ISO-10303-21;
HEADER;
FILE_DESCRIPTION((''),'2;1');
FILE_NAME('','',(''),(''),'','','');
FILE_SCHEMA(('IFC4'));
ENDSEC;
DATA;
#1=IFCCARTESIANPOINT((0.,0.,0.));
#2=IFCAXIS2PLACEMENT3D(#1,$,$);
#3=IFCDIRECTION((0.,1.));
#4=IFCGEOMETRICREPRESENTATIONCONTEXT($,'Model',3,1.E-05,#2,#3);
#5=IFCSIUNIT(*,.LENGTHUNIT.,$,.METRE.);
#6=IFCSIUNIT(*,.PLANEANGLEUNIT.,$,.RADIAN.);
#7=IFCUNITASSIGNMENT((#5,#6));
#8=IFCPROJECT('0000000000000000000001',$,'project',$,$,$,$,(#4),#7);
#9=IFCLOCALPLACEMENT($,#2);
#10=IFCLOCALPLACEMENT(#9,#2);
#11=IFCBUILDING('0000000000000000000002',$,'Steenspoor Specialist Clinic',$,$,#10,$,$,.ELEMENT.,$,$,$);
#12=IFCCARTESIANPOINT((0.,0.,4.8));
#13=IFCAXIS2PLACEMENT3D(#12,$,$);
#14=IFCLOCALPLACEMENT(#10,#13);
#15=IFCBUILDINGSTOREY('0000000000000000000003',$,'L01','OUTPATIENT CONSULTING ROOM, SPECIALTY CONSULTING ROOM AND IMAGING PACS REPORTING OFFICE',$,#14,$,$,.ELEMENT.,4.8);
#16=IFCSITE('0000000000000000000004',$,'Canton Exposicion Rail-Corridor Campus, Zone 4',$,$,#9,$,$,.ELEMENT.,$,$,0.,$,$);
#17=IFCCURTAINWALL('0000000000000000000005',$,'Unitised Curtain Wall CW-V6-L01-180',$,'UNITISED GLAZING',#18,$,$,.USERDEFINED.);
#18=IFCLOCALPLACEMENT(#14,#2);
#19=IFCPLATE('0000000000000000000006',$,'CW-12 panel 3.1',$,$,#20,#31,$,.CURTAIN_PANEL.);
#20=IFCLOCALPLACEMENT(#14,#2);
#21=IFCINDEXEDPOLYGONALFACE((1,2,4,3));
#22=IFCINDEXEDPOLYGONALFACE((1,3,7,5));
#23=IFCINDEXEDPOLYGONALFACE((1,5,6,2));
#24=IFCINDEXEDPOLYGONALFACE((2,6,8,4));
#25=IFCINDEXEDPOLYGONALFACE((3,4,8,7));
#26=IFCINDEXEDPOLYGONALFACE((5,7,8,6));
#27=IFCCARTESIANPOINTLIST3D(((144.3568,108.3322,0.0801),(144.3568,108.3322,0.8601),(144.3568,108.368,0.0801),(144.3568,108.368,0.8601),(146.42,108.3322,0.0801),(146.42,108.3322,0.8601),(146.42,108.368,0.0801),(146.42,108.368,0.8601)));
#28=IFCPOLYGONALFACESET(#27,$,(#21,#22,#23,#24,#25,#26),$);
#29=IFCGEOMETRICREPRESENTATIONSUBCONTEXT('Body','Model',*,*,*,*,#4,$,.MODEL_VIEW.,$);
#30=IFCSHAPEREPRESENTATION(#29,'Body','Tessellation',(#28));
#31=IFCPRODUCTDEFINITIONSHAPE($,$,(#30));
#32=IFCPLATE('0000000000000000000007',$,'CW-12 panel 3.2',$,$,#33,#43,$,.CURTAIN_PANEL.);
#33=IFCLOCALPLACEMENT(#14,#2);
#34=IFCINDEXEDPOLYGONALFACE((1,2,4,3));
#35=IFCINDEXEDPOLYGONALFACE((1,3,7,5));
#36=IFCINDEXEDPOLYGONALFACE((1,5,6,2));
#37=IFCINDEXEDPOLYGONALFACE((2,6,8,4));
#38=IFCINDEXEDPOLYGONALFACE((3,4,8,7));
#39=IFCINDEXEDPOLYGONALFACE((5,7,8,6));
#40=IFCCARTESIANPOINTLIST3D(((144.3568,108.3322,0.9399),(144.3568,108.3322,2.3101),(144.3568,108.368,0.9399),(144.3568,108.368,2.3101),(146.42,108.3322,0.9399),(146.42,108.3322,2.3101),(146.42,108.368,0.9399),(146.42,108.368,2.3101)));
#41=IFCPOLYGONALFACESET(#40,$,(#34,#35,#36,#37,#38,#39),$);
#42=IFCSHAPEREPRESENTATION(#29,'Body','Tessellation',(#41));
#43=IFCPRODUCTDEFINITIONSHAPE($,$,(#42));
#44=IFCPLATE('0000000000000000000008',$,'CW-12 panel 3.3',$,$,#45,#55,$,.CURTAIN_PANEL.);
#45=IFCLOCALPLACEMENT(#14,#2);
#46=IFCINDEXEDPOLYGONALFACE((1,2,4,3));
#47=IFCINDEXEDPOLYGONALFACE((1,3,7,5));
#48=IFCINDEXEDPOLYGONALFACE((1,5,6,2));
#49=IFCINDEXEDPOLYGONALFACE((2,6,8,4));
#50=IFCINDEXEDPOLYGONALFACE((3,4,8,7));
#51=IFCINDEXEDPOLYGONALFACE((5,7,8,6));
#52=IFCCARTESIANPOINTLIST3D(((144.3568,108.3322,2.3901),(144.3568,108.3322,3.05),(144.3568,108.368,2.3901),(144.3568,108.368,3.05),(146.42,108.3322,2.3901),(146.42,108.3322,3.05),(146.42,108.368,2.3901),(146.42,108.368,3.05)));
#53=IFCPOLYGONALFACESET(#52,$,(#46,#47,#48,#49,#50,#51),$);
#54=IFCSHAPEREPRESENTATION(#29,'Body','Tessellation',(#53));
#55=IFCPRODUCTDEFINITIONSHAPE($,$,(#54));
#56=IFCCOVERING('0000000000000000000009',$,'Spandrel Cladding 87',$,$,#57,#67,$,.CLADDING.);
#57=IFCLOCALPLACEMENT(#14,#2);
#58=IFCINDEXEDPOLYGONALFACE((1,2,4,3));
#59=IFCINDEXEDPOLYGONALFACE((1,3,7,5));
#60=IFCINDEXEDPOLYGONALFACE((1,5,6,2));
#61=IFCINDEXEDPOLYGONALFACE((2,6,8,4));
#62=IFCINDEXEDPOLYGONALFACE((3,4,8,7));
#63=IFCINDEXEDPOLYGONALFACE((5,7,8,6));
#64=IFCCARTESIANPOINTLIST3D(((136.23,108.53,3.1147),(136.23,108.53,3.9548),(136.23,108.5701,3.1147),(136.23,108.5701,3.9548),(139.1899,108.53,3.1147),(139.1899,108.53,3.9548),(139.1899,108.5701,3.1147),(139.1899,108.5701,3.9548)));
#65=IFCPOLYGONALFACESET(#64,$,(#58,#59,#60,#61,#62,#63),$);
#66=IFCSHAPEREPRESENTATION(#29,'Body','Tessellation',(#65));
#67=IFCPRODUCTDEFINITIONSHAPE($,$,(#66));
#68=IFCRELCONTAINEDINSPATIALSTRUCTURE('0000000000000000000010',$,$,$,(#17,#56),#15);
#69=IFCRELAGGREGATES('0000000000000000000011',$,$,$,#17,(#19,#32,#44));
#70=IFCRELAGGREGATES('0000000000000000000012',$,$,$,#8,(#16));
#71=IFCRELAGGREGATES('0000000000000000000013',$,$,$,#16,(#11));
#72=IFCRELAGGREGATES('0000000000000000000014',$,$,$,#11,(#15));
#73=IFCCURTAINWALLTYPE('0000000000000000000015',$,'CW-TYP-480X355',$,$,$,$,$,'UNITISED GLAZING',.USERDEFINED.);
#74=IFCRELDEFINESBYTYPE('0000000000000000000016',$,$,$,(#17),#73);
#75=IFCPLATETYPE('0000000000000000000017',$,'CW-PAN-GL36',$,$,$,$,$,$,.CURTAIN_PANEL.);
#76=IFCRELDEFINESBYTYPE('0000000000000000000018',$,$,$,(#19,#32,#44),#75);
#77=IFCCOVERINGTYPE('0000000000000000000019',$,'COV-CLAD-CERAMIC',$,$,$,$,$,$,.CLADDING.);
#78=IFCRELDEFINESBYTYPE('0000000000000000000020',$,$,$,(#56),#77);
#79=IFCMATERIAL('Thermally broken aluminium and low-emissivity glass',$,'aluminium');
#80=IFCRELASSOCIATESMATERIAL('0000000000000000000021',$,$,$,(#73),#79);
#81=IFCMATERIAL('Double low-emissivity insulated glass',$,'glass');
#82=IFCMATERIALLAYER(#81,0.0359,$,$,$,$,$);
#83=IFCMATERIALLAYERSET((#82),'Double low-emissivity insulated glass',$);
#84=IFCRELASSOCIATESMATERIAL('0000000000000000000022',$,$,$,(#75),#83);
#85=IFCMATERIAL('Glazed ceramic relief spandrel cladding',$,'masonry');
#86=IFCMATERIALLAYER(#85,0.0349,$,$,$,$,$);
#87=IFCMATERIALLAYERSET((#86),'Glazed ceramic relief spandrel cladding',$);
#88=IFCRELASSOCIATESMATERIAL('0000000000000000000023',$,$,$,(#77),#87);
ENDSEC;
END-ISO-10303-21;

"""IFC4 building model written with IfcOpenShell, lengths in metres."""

from ifc_helpers import new_model, si_unit, direction, frame, origin, origin_2d, place, context, subcontext, project, spatial, rectangle, extrude, material, layer, layer_set, type_object, element, aggregate, save


model = new_model("IFC4")

# Units and contexts
model_context = context("Model", 3, precision=1e-05, world=origin(), true_north=direction((0.0, 1.0)))
body_context = subcontext(model_context, "Body", "Model", "MODEL_VIEW")
ifc_project = project(units=[si_unit("LENGTHUNIT", "METRE"), si_unit("PLANEANGLEUNIT", "RADIAN")], contexts=[model_context])

# Site, building, storey
site_placement = place(None, origin())
site = spatial("IfcSite", under=ifc_project, at=site_placement, Name="Canton Exposicion Rail-Corridor Campus, Zone 4", CompositionType="ELEMENT", RefElevation=0.0)
building_placement = place(site_placement, origin())
building = spatial("IfcBuilding", under=site, at=building_placement, Name="Steenspoor Specialist Clinic", CompositionType="ELEMENT")
storey_placement = place(building_placement, frame((0.0, 0.0, 4.8)))
storey = spatial("IfcBuildingStorey", under=building, at=storey_placement, Name="L01", Description="OUTPATIENT CONSULTING ROOM, SPECIALTY CONSULTING ROOM AND IMAGING PACS REPORTING OFFICE", CompositionType="ELEMENT", Elevation=4.8)

# Curtain wall
ifc_material_1 = material(Name="Thermally broken aluminium and low-emissivity glass", Category="aluminium")
curtain_wall_type = type_object("IfcCurtainWallType", Name="CW-TYP-480X355", ElementType="UNITISED GLAZING", PredefinedType="USERDEFINED", material=ifc_material_1)
curtain_wall_placement = place(storey_placement, origin())
curtain_wall = element("IfcCurtainWall", 1, at=curtain_wall_placement, inside=storey, type_object=curtain_wall_type, Name="Unitised Curtain Wall CW-V6-L01-180", ObjectType="UNITISED GLAZING", PredefinedType="USERDEFINED")

# Plates
ifc_material_2 = material(Name="Double low-emissivity insulated glass", Category="glass")
ifc_layer_1 = layer(ifc_material_2, 0.0359)
ifc_layer_set_1 = layer_set([ifc_layer_1], Name="Double low-emissivity insulated glass")
plate_type = type_object("IfcPlateType", Name="CW-PAN-GL36", PredefinedType="CURTAIN_PANEL", material=ifc_layer_set_1)
plate_1_placement = place(storey_placement, frame((145.3884, 108.3501, 0.0801), z_axis=(0.0, 0.0, 1.0), x_axis=(1.0, 0.0, 0.0)))
plate_1 = element("IfcPlate", 2, at=plate_1_placement, type_object=plate_type, Name="CW-12 panel 3.1", PredefinedType="CURTAIN_PANEL", context=body_context, shape_type="SweptSolid", body=[
    extrude(rectangle(XDim=2.0632, YDim=0.0359, at=origin_2d()), origin(), (0.0, 0.0, 1.0), 0.78),
])
plate_2_placement = place(storey_placement, frame((145.3884, 108.3501, 0.9399), z_axis=(0.0, 0.0, 1.0), x_axis=(1.0, 0.0, 0.0)))
plate_2 = element("IfcPlate", 3, at=plate_2_placement, type_object=plate_type, Name="CW-12 panel 3.2", PredefinedType="CURTAIN_PANEL", context=body_context, shape_type="SweptSolid", body=[
    extrude(rectangle(XDim=2.0632, YDim=0.0359, at=origin_2d()), origin(), (0.0, 0.0, 1.0), 1.3701),
])
plate_3_placement = place(storey_placement, frame((145.3884, 108.3501, 2.3901), z_axis=(0.0, 0.0, 1.0), x_axis=(1.0, 0.0, 0.0)))
plate_3 = element("IfcPlate", 4, at=plate_3_placement, type_object=plate_type, Name="CW-12 panel 3.3", PredefinedType="CURTAIN_PANEL", context=body_context, shape_type="SweptSolid", body=[
    extrude(rectangle(XDim=2.0632, YDim=0.0359, at=origin_2d()), origin(), (0.0, 0.0, 1.0), 0.6599),
])
aggregate(curtain_wall, [plate_1, plate_2, plate_3])

# Covering
ifc_material_3 = material(Name="Glazed ceramic relief spandrel cladding", Category="masonry")
ifc_layer_2 = layer(ifc_material_3, 0.0349)
ifc_layer_set_2 = layer_set([ifc_layer_2], Name="Glazed ceramic relief spandrel cladding")
covering_type = type_object("IfcCoveringType", Name="COV-CLAD-CERAMIC", PredefinedType="CLADDING", material=ifc_layer_set_2)
covering_placement = place(storey_placement, frame((137.71, 108.55, 3.1147), z_axis=(0.0, 0.0, 1.0), x_axis=(1.0, 0.0, 0.0)))
element("IfcCovering", 5, at=covering_placement, inside=storey, type_object=covering_type, Name="Spandrel Cladding 87", PredefinedType="CLADDING", context=body_context, shape_type="SweptSolid", body=[
    extrude(rectangle(XDim=2.96, YDim=0.04, at=origin_2d()), origin(), (0.0, 0.0, 1.0), 0.8401),
])

save(model, "model.ifc")
